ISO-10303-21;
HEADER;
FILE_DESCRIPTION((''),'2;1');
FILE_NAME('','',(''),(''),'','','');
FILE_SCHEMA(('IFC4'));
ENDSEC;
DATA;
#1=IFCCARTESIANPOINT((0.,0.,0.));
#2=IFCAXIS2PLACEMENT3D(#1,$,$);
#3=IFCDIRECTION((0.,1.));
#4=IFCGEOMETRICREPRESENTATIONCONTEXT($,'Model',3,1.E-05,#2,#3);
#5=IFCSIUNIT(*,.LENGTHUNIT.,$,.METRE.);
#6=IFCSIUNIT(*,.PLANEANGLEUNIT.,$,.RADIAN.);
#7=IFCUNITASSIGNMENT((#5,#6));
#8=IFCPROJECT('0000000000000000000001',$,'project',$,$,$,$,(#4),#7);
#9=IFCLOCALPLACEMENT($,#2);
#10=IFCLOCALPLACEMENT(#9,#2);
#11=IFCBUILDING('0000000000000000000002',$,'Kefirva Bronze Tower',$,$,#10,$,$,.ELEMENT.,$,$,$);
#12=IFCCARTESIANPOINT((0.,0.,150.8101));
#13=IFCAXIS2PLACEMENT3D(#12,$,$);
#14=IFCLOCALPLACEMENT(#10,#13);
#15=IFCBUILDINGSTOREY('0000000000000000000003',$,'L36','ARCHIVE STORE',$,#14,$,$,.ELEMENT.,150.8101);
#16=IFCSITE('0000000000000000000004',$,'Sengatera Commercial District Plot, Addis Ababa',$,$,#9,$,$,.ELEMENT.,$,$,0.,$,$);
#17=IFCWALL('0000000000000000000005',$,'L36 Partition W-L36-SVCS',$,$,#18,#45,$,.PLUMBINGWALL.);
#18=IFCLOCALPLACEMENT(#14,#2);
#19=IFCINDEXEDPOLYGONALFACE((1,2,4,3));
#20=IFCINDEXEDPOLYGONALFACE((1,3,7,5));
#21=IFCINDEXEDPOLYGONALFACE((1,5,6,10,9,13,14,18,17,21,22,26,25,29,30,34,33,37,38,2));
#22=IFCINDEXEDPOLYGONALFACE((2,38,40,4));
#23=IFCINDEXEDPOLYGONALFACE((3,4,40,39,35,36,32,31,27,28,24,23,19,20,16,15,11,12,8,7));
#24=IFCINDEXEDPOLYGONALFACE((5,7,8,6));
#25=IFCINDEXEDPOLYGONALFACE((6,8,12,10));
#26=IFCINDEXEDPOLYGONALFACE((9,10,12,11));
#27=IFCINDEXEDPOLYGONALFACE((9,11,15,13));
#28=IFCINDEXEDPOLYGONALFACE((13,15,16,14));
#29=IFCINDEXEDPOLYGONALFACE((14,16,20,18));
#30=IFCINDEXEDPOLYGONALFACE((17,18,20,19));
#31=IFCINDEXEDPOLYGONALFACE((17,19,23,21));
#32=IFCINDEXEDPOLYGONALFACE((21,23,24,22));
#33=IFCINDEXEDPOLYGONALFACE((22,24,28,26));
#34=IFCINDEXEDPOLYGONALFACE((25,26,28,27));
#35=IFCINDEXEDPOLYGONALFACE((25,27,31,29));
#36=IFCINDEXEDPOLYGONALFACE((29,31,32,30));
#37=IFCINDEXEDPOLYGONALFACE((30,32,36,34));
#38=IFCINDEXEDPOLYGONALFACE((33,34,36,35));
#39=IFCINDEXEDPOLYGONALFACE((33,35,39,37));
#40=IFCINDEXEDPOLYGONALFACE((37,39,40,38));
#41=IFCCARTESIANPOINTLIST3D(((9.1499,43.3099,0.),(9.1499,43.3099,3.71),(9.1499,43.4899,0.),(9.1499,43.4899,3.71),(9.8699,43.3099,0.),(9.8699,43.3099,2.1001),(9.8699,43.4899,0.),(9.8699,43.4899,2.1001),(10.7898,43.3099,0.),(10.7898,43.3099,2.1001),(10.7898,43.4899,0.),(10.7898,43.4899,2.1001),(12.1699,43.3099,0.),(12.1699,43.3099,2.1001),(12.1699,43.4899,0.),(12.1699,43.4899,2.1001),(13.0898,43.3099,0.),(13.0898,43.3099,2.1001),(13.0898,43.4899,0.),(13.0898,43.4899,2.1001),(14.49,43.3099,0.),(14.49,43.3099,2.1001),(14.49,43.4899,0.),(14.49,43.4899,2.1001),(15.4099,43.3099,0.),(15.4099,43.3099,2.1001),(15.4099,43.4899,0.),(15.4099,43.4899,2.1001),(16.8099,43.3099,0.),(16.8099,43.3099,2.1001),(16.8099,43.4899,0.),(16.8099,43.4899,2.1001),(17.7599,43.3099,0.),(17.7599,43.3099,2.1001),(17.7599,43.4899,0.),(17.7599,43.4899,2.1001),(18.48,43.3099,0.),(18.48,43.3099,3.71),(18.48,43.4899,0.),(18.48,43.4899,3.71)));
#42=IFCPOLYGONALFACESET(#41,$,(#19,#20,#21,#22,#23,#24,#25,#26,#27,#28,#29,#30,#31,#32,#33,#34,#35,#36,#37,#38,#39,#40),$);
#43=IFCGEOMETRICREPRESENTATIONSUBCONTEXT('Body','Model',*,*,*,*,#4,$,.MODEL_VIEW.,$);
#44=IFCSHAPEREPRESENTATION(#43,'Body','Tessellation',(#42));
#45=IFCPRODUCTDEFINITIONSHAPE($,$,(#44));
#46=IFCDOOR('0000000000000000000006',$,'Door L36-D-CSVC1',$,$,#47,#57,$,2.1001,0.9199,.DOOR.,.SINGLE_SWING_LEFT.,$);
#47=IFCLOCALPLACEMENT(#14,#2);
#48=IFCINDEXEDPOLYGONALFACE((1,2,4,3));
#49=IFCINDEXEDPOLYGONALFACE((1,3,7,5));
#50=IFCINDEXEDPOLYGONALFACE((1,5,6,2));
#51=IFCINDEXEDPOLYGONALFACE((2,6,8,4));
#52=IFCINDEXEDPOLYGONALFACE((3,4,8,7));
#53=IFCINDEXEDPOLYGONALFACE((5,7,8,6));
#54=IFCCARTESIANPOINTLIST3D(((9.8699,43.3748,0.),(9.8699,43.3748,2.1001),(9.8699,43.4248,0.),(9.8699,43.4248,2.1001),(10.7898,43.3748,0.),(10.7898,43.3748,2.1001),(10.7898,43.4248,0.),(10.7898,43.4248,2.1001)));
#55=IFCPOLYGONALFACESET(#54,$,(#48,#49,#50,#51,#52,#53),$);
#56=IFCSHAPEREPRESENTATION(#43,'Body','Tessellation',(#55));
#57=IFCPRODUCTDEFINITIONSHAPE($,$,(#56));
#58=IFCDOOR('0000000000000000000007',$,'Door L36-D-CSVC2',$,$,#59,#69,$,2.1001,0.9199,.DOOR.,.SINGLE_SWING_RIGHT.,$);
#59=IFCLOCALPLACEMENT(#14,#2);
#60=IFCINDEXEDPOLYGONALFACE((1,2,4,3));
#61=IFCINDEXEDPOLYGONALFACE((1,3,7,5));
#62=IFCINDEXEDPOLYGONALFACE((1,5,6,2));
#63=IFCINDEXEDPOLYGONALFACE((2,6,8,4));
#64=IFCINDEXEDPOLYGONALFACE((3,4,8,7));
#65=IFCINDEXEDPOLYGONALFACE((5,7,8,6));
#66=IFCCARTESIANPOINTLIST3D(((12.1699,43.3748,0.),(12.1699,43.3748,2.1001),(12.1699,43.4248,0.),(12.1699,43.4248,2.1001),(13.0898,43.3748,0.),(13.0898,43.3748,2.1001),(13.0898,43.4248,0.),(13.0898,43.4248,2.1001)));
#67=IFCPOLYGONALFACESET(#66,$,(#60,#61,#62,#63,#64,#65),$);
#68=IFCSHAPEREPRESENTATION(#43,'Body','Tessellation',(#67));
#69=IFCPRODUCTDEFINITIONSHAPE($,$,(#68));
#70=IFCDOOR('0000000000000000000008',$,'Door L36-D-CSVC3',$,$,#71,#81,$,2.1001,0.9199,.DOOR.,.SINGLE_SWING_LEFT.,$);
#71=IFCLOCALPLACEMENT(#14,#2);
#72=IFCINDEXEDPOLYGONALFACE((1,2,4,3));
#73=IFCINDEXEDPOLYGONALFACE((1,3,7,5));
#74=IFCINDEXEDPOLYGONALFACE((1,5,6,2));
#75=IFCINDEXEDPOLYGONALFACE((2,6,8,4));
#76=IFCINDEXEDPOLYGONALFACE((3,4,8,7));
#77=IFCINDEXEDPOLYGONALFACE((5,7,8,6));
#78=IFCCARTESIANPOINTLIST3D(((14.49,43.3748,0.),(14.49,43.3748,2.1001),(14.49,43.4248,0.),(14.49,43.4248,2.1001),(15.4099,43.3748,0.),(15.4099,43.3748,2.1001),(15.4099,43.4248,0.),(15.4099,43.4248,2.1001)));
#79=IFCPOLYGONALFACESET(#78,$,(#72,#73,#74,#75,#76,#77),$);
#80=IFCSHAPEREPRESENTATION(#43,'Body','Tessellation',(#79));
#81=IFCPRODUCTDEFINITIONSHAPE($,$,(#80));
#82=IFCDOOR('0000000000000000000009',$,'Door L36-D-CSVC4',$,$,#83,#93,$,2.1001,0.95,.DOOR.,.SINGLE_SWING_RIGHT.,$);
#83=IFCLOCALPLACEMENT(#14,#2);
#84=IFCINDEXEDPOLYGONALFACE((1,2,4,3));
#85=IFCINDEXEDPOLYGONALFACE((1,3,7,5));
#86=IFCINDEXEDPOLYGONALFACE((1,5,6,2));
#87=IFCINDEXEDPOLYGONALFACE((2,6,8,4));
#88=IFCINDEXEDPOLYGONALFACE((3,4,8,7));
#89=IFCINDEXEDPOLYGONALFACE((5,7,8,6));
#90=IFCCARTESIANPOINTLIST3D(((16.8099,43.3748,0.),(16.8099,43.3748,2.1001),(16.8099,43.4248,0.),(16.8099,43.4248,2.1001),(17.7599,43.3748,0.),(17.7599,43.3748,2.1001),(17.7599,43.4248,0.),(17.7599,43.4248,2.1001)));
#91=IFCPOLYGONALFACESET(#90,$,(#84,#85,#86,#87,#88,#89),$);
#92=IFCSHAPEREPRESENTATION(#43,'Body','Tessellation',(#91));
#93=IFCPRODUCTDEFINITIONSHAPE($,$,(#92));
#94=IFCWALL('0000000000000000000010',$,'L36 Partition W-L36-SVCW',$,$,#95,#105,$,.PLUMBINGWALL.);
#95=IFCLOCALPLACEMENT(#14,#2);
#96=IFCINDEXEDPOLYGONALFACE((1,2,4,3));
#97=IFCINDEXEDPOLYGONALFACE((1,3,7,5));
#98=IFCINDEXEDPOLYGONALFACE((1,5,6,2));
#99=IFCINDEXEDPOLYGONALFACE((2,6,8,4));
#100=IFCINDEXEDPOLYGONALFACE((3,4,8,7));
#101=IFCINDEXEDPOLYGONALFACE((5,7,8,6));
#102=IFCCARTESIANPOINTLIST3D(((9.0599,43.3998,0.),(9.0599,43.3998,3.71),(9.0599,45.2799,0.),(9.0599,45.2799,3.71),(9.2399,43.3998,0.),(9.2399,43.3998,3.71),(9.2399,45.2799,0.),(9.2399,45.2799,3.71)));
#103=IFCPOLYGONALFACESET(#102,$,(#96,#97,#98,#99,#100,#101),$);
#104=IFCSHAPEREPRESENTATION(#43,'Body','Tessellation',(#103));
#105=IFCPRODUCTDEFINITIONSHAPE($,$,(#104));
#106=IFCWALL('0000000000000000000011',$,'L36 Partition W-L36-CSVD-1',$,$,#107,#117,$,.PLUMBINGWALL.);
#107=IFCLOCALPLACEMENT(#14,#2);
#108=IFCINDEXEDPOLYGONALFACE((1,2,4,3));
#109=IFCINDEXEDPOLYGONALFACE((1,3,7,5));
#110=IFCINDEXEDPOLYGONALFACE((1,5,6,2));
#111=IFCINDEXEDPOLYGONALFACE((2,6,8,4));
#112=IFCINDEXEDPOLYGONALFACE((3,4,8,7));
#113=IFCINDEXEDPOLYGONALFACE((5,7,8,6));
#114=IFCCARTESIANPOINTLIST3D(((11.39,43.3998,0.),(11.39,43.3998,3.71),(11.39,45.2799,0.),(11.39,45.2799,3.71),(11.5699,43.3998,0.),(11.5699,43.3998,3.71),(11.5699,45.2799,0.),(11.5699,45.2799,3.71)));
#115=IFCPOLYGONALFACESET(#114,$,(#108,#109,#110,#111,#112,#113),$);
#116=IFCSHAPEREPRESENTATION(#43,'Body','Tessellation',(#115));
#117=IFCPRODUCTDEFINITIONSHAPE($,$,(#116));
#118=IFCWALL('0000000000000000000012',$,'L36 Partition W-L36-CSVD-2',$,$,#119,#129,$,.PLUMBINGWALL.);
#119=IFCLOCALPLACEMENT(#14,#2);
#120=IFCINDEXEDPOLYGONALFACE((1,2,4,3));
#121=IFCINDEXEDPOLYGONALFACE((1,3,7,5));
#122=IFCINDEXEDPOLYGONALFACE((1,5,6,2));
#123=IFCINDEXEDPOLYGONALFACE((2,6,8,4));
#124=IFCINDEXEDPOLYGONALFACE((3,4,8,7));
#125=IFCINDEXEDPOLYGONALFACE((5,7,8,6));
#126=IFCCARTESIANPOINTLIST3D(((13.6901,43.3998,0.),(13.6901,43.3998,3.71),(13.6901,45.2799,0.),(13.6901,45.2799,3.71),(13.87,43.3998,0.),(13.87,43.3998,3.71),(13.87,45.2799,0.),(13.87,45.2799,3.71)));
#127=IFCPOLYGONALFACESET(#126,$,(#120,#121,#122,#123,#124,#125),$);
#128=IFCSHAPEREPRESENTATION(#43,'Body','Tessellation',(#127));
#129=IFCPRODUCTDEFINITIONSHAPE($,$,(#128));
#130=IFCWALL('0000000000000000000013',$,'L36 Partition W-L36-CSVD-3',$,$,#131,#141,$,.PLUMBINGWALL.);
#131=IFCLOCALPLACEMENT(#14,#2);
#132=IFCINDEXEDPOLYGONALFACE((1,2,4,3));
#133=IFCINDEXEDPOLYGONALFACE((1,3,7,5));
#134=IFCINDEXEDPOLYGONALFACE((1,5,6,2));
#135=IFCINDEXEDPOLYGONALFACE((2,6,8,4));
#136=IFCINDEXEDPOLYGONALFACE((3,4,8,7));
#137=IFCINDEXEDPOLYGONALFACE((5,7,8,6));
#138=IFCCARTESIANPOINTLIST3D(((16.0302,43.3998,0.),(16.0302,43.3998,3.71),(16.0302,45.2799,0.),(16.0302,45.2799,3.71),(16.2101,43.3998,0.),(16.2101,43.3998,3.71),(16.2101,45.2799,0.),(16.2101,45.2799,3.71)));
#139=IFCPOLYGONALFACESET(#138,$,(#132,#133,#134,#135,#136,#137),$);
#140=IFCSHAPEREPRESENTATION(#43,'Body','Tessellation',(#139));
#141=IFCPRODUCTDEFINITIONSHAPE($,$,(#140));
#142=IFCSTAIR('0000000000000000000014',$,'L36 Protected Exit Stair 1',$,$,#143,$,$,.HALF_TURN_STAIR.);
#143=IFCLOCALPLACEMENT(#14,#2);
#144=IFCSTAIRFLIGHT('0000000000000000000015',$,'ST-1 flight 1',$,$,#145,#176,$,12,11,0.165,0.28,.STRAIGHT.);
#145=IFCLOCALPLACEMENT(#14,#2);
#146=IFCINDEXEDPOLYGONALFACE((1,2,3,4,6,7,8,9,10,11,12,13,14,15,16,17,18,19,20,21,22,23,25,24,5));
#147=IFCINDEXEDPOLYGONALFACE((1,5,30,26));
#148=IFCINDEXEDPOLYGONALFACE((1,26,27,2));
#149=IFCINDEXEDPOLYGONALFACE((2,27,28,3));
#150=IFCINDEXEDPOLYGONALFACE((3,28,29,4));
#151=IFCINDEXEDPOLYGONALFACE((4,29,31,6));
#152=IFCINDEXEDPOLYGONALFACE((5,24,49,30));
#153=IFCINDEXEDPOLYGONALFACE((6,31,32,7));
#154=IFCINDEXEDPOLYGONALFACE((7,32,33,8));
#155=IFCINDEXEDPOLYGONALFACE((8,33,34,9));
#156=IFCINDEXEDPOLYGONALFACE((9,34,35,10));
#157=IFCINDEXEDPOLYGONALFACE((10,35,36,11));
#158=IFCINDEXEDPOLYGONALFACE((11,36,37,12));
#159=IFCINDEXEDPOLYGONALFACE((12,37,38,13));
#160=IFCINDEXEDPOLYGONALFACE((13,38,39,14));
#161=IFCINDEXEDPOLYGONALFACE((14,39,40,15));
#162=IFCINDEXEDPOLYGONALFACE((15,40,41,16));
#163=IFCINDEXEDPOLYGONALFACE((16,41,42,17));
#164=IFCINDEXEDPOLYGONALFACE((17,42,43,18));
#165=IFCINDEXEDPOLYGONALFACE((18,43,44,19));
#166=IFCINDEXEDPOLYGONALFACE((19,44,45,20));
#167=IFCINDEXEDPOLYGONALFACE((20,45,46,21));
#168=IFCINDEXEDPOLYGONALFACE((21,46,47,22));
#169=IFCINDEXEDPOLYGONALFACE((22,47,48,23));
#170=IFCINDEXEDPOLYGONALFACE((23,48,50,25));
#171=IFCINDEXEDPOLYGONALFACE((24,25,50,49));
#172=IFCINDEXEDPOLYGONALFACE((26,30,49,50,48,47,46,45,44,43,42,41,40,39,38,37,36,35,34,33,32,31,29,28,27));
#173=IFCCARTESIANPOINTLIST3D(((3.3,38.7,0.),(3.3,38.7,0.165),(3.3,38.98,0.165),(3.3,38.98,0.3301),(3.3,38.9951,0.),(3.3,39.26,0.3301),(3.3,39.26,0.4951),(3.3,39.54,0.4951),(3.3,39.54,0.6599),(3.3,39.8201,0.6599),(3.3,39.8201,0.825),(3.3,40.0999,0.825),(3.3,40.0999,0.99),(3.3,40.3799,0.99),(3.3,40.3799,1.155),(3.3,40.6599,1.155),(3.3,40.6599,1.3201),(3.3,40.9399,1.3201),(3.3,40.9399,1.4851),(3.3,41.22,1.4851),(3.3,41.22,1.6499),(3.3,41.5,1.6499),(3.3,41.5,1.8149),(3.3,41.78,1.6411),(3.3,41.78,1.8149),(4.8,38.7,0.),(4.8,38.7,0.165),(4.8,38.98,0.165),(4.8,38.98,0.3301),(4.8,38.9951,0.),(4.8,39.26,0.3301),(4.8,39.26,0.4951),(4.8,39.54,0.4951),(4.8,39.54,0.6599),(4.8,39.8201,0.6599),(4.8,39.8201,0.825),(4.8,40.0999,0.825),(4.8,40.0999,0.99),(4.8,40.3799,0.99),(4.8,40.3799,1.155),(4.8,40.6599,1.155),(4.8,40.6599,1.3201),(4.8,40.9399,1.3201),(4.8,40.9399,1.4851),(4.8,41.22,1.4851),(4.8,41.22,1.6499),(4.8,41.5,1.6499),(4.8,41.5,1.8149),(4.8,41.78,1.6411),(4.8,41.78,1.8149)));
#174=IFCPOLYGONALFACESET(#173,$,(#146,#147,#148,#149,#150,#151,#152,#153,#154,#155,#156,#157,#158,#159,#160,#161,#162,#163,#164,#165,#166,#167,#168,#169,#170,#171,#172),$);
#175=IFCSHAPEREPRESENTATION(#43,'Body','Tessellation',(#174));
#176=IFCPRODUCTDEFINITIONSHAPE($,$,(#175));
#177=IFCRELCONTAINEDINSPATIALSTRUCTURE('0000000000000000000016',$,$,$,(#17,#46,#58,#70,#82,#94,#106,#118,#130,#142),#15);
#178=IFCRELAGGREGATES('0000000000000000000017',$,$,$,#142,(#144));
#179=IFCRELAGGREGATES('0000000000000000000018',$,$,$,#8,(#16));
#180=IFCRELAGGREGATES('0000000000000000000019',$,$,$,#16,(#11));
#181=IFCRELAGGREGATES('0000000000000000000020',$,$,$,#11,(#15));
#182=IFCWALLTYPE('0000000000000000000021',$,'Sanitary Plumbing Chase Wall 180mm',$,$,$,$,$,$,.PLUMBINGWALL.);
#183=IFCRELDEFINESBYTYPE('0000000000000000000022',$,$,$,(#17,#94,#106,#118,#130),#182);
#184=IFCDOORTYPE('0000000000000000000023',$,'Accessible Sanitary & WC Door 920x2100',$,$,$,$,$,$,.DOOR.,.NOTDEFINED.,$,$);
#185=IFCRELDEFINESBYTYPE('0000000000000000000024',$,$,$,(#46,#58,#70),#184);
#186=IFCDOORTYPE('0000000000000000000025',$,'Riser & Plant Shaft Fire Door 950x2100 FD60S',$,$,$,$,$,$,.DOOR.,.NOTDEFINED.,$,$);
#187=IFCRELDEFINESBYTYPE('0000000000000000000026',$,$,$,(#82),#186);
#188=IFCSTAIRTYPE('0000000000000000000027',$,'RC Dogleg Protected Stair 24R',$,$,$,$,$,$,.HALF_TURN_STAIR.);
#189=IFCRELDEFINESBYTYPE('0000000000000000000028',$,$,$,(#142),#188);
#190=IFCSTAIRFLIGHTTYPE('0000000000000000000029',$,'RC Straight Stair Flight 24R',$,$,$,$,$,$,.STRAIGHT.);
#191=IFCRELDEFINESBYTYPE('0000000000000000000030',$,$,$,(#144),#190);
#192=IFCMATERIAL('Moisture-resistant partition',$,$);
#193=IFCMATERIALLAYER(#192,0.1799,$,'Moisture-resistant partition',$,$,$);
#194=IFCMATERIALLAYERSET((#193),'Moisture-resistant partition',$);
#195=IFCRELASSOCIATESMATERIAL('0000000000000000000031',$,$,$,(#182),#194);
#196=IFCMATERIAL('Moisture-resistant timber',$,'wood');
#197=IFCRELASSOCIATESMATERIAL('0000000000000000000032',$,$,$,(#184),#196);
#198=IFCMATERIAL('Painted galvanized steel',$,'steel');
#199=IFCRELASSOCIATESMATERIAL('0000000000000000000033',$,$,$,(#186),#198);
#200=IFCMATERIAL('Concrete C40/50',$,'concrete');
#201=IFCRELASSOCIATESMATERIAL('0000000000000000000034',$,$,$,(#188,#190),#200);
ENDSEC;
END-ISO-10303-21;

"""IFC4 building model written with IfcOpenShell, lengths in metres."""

from ifc_helpers import new_model, si_unit, direction, frame, frame_2d, origin, place, context, subcontext, project, spatial, polyline, rectangle, outline, extrude, material, layer, layer_set, type_object, element, fill, aggregate, save


model = new_model("IFC4")

# Units and contexts
model_context = context("Model", 3, precision=1e-05, world=origin(), true_north=direction((0.0, 1.0)))
body_context = subcontext(model_context, "Body", "Model", "MODEL_VIEW")
ifc_project = project(units=[si_unit("LENGTHUNIT", "METRE"), si_unit("PLANEANGLEUNIT", "RADIAN")], contexts=[model_context])

# Site, building, storey
site_placement = place(None, origin())
site = spatial("IfcSite", under=ifc_project, at=site_placement, Name="Sengatera Commercial District Plot, Addis Ababa", CompositionType="ELEMENT", RefElevation=0.0)
building_placement = place(site_placement, origin())
building = spatial("IfcBuilding", under=site, at=building_placement, Name="Kefirva Bronze Tower", CompositionType="ELEMENT")
storey_placement = place(building_placement, frame((0.0, 0.0, 150.8101)))
storey = spatial("IfcBuildingStorey", under=building, at=storey_placement, Name="L36", Description="ARCHIVE STORE", CompositionType="ELEMENT", Elevation=150.8101)

# Wall, openings, doors
ifc_material_1 = material(Name="Moisture-resistant partition")
ifc_layer_1 = layer(ifc_material_1, 0.1799, Name="Moisture-resistant partition")
ifc_layer_set_1 = layer_set([ifc_layer_1], Name="Moisture-resistant partition")
wall_type_1 = type_object("IfcWallType", Name="Sanitary Plumbing Chase Wall 180mm", PredefinedType="PLUMBINGWALL", material=ifc_layer_set_1)
wall_1_placement = place(storey_placement, frame((9.1499, 43.3999, 0.0), z_axis=(0.0, 0.0, 1.0), x_axis=(1.0, 0.0, 0.0)))
wall_1 = element("IfcWall", 1, at=wall_1_placement, inside=storey, type_object=wall_type_1, Name="L36 Partition W-L36-SVCS", PredefinedType="PLUMBINGWALL", context=body_context, shape_type="SweptSolid", body=[
    extrude(rectangle(XDim=9.3301, YDim=0.1799, at=frame_2d((4.665, 0.0))), origin(), (0.0, 0.0, 1.0), 3.71),
])
opening_1_placement = place(wall_1_placement, frame((0.72, 0.0, 0.0)))
opening_1 = element("IfcOpeningElement", 2, at=opening_1_placement, cuts=wall_1, PredefinedType="OPENING", context=body_context, shape_type="SweptSolid", body=[
    extrude(rectangle(XDim=0.9199, YDim=2.1001, at=frame_2d((0.46, 1.05))), frame((0.0, 0.1001, 0.0), z_axis=(0.0, -1.0, 0.0), x_axis=(1.0, 0.0, 0.0)), (0.0, 0.0, 1.0), 0.2),
])
opening_2_placement = place(wall_1_placement, frame((3.02, 0.0, 0.0)))
opening_2 = element("IfcOpeningElement", 3, at=opening_2_placement, cuts=wall_1, PredefinedType="OPENING", context=body_context, shape_type="SweptSolid", body=[
    extrude(rectangle(XDim=0.9199, YDim=2.1001, at=frame_2d((0.46, 1.05))), frame((0.0, 0.1001, 0.0), z_axis=(0.0, -1.0, 0.0), x_axis=(1.0, 0.0, 0.0)), (0.0, 0.0, 1.0), 0.2),
])
opening_3_placement = place(wall_1_placement, frame((5.3401, 0.0, 0.0)))
opening_3 = element("IfcOpeningElement", 4, at=opening_3_placement, cuts=wall_1, PredefinedType="OPENING", context=body_context, shape_type="SweptSolid", body=[
    extrude(rectangle(XDim=0.9199, YDim=2.1001, at=frame_2d((0.46, 1.05))), frame((0.0, 0.1001, 0.0), z_axis=(0.0, -1.0, 0.0), x_axis=(1.0, 0.0, 0.0)), (0.0, 0.0, 1.0), 0.2),
])
opening_4_placement = place(wall_1_placement, frame((7.6599, 0.0, 0.0)))
opening_4 = element("IfcOpeningElement", 5, at=opening_4_placement, cuts=wall_1, PredefinedType="OPENING", context=body_context, shape_type="SweptSolid", body=[
    extrude(rectangle(XDim=0.95, YDim=2.1001, at=frame_2d((0.4751, 1.05))), frame((0.0, 0.1001, 0.0), z_axis=(0.0, -1.0, 0.0), x_axis=(1.0, 0.0, 0.0)), (0.0, 0.0, 1.0), 0.2),
])
ifc_material_2 = material(Name="Moisture-resistant timber", Category="wood")
door_type_1 = type_object("IfcDoorType", Name="Accessible Sanitary & WC Door 920x2100", OperationType="NOTDEFINED", PredefinedType="DOOR", material=ifc_material_2)
door_1_placement = place(opening_1_placement, origin())
door_1 = element("IfcDoor", 6, at=door_1_placement, inside=storey, type_object=door_type_1, Name="Door L36-D-CSVC1", OperationType="SINGLE_SWING_LEFT", OverallHeight=2.1001, OverallWidth=0.9199, PredefinedType="DOOR", context=body_context, shape_type="SweptSolid", body=[
    extrude(rectangle(XDim=0.9199, YDim=2.1001, at=frame_2d((0.46, 1.05))), frame((0.0, 0.0249, 0.0), z_axis=(0.0, -1.0, 0.0), x_axis=(1.0, 0.0, 0.0)), (0.0, 0.0, 1.0), 0.05),
])
fill(opening_1, door_1)
door_2_placement = place(opening_2_placement, origin())
door_2 = element("IfcDoor", 7, at=door_2_placement, inside=storey, type_object=door_type_1, Name="Door L36-D-CSVC2", OperationType="SINGLE_SWING_RIGHT", OverallHeight=2.1001, OverallWidth=0.9199, PredefinedType="DOOR", context=body_context, shape_type="SweptSolid", body=[
    extrude(rectangle(XDim=0.9199, YDim=2.1001, at=frame_2d((0.46, 1.05))), frame((0.0, 0.0249, 0.0), z_axis=(0.0, -1.0, 0.0), x_axis=(1.0, 0.0, 0.0)), (0.0, 0.0, 1.0), 0.05),
])
fill(opening_2, door_2)
door_3_placement = place(opening_3_placement, origin())
door_3 = element("IfcDoor", 8, at=door_3_placement, inside=storey, type_object=door_type_1, Name="Door L36-D-CSVC3", OperationType="SINGLE_SWING_LEFT", OverallHeight=2.1001, OverallWidth=0.9199, PredefinedType="DOOR", context=body_context, shape_type="SweptSolid", body=[
    extrude(rectangle(XDim=0.9199, YDim=2.1001, at=frame_2d((0.46, 1.05))), frame((0.0, 0.0249, 0.0), z_axis=(0.0, -1.0, 0.0), x_axis=(1.0, 0.0, 0.0)), (0.0, 0.0, 1.0), 0.05),
])
fill(opening_3, door_3)
ifc_material_3 = material(Name="Painted galvanized steel", Category="steel")
door_type_2 = type_object("IfcDoorType", Name="Riser & Plant Shaft Fire Door 950x2100 FD60S", OperationType="NOTDEFINED", PredefinedType="DOOR", material=ifc_material_3)
door_4_placement = place(opening_4_placement, origin())
door_4 = element("IfcDoor", 9, at=door_4_placement, inside=storey, type_object=door_type_2, Name="Door L36-D-CSVC4", OperationType="SINGLE_SWING_RIGHT", OverallHeight=2.1001, OverallWidth=0.95, PredefinedType="DOOR", context=body_context, shape_type="SweptSolid", body=[
    extrude(rectangle(XDim=0.95, YDim=2.1001, at=frame_2d((0.4751, 1.05))), frame((0.0, 0.0249, 0.0), z_axis=(0.0, -1.0, 0.0), x_axis=(1.0, 0.0, 0.0)), (0.0, 0.0, 1.0), 0.05),
])
fill(opening_4, door_4)

# Walls
for number, where, z_axis, x_axis, name in (
    (10, (9.1499, 43.3999, 0.0), (0.0, 0.0, 1.0), (0.0, 1.0, 0.0), "L36 Partition W-L36-SVCW"),
    (11, (11.48, 43.3999, 0.0), (0.0, 0.0, 1.0), (0.0, 1.0, 0.0), "L36 Partition W-L36-CSVD-1"),
    (12, (13.78, 43.3999, 0.0), (0.0, 0.0, 1.0), (0.0, 1.0, 0.0), "L36 Partition W-L36-CSVD-2"),
    (13, (16.1201, 43.3999, 0.0), (0.0, 0.0, 1.0), (0.0, 1.0, 0.0), "L36 Partition W-L36-CSVD-3"),
):
    element("IfcWall", number, at=place(storey_placement, frame(where, z_axis=z_axis, x_axis=x_axis)), inside=storey, type_object=wall_type_1, Name=name, PredefinedType="PLUMBINGWALL", context=body_context, shape_type="SweptSolid", body=[
        extrude(rectangle(XDim=1.8801, YDim=0.1799, at=frame_2d((0.9399, 0.0))), origin(), (0.0, 0.0, 1.0), 3.71),
    ])

# Stair, stair flight
ifc_material_4 = material(Name="Concrete C40/50", Category="concrete")
stair_type = type_object("IfcStairType", Name="RC Dogleg Protected Stair 24R", PredefinedType="HALF_TURN_STAIR", material=ifc_material_4)
stair_placement = place(storey_placement, origin())
stair = element("IfcStair", 14, at=stair_placement, inside=storey, type_object=stair_type, Name="L36 Protected Exit Stair 1", PredefinedType="HALF_TURN_STAIR")
stair_flight_type = type_object("IfcStairFlightType", Name="RC Straight Stair Flight 24R", PredefinedType="STRAIGHT", material=ifc_material_4)
stair_flight_placement = place(storey_placement, frame((4.05, 38.7, 0.0), z_axis=(0.0, 0.0, 1.0), x_axis=(0.0, 1.0, 0.0)))
stair_flight = element("IfcStairFlight", 15, at=stair_flight_placement, type_object=stair_flight_type, Name="ST-1 flight 1", NumberOfRisers=12, NumberOfTreads=11, PredefinedType="STRAIGHT", RiserHeight=0.165, TreadLength=0.28, context=body_context, shape_type="SweptSolid", body=[
    extrude(outline(polyline([(0.0, 0.0), (0.0, 0.165), (0.28, 0.165), (0.28, 0.3301), (0.5601, 0.3301), (0.5601, 0.4951), (0.8401, 0.4951), (0.8401, 0.6599), (1.1201, 0.6599), (1.1201, 0.825), (1.3999, 0.825), (1.3999, 0.99), (1.6799, 0.99), (1.6799, 1.155), (1.96, 1.155), (1.96, 1.3201), (2.24, 1.3201), (2.24, 1.4851), (2.52, 1.4851), (2.52, 1.6499), (2.8, 1.6499), (2.8, 1.8149), (3.0801, 1.8149), (3.0801, 1.98), (3.0801, 1.6411), (0.2952, 0.0), (0.0, 0.0)])), frame((0.0, 0.75, 0.0), z_axis=(0.0, -1.0, 0.0), x_axis=(1.0, 0.0, 0.0)), (0.0, 0.0, 1.0), 1.5),
])
aggregate(stair, [stair_flight])

save(model, "model.ifc")
